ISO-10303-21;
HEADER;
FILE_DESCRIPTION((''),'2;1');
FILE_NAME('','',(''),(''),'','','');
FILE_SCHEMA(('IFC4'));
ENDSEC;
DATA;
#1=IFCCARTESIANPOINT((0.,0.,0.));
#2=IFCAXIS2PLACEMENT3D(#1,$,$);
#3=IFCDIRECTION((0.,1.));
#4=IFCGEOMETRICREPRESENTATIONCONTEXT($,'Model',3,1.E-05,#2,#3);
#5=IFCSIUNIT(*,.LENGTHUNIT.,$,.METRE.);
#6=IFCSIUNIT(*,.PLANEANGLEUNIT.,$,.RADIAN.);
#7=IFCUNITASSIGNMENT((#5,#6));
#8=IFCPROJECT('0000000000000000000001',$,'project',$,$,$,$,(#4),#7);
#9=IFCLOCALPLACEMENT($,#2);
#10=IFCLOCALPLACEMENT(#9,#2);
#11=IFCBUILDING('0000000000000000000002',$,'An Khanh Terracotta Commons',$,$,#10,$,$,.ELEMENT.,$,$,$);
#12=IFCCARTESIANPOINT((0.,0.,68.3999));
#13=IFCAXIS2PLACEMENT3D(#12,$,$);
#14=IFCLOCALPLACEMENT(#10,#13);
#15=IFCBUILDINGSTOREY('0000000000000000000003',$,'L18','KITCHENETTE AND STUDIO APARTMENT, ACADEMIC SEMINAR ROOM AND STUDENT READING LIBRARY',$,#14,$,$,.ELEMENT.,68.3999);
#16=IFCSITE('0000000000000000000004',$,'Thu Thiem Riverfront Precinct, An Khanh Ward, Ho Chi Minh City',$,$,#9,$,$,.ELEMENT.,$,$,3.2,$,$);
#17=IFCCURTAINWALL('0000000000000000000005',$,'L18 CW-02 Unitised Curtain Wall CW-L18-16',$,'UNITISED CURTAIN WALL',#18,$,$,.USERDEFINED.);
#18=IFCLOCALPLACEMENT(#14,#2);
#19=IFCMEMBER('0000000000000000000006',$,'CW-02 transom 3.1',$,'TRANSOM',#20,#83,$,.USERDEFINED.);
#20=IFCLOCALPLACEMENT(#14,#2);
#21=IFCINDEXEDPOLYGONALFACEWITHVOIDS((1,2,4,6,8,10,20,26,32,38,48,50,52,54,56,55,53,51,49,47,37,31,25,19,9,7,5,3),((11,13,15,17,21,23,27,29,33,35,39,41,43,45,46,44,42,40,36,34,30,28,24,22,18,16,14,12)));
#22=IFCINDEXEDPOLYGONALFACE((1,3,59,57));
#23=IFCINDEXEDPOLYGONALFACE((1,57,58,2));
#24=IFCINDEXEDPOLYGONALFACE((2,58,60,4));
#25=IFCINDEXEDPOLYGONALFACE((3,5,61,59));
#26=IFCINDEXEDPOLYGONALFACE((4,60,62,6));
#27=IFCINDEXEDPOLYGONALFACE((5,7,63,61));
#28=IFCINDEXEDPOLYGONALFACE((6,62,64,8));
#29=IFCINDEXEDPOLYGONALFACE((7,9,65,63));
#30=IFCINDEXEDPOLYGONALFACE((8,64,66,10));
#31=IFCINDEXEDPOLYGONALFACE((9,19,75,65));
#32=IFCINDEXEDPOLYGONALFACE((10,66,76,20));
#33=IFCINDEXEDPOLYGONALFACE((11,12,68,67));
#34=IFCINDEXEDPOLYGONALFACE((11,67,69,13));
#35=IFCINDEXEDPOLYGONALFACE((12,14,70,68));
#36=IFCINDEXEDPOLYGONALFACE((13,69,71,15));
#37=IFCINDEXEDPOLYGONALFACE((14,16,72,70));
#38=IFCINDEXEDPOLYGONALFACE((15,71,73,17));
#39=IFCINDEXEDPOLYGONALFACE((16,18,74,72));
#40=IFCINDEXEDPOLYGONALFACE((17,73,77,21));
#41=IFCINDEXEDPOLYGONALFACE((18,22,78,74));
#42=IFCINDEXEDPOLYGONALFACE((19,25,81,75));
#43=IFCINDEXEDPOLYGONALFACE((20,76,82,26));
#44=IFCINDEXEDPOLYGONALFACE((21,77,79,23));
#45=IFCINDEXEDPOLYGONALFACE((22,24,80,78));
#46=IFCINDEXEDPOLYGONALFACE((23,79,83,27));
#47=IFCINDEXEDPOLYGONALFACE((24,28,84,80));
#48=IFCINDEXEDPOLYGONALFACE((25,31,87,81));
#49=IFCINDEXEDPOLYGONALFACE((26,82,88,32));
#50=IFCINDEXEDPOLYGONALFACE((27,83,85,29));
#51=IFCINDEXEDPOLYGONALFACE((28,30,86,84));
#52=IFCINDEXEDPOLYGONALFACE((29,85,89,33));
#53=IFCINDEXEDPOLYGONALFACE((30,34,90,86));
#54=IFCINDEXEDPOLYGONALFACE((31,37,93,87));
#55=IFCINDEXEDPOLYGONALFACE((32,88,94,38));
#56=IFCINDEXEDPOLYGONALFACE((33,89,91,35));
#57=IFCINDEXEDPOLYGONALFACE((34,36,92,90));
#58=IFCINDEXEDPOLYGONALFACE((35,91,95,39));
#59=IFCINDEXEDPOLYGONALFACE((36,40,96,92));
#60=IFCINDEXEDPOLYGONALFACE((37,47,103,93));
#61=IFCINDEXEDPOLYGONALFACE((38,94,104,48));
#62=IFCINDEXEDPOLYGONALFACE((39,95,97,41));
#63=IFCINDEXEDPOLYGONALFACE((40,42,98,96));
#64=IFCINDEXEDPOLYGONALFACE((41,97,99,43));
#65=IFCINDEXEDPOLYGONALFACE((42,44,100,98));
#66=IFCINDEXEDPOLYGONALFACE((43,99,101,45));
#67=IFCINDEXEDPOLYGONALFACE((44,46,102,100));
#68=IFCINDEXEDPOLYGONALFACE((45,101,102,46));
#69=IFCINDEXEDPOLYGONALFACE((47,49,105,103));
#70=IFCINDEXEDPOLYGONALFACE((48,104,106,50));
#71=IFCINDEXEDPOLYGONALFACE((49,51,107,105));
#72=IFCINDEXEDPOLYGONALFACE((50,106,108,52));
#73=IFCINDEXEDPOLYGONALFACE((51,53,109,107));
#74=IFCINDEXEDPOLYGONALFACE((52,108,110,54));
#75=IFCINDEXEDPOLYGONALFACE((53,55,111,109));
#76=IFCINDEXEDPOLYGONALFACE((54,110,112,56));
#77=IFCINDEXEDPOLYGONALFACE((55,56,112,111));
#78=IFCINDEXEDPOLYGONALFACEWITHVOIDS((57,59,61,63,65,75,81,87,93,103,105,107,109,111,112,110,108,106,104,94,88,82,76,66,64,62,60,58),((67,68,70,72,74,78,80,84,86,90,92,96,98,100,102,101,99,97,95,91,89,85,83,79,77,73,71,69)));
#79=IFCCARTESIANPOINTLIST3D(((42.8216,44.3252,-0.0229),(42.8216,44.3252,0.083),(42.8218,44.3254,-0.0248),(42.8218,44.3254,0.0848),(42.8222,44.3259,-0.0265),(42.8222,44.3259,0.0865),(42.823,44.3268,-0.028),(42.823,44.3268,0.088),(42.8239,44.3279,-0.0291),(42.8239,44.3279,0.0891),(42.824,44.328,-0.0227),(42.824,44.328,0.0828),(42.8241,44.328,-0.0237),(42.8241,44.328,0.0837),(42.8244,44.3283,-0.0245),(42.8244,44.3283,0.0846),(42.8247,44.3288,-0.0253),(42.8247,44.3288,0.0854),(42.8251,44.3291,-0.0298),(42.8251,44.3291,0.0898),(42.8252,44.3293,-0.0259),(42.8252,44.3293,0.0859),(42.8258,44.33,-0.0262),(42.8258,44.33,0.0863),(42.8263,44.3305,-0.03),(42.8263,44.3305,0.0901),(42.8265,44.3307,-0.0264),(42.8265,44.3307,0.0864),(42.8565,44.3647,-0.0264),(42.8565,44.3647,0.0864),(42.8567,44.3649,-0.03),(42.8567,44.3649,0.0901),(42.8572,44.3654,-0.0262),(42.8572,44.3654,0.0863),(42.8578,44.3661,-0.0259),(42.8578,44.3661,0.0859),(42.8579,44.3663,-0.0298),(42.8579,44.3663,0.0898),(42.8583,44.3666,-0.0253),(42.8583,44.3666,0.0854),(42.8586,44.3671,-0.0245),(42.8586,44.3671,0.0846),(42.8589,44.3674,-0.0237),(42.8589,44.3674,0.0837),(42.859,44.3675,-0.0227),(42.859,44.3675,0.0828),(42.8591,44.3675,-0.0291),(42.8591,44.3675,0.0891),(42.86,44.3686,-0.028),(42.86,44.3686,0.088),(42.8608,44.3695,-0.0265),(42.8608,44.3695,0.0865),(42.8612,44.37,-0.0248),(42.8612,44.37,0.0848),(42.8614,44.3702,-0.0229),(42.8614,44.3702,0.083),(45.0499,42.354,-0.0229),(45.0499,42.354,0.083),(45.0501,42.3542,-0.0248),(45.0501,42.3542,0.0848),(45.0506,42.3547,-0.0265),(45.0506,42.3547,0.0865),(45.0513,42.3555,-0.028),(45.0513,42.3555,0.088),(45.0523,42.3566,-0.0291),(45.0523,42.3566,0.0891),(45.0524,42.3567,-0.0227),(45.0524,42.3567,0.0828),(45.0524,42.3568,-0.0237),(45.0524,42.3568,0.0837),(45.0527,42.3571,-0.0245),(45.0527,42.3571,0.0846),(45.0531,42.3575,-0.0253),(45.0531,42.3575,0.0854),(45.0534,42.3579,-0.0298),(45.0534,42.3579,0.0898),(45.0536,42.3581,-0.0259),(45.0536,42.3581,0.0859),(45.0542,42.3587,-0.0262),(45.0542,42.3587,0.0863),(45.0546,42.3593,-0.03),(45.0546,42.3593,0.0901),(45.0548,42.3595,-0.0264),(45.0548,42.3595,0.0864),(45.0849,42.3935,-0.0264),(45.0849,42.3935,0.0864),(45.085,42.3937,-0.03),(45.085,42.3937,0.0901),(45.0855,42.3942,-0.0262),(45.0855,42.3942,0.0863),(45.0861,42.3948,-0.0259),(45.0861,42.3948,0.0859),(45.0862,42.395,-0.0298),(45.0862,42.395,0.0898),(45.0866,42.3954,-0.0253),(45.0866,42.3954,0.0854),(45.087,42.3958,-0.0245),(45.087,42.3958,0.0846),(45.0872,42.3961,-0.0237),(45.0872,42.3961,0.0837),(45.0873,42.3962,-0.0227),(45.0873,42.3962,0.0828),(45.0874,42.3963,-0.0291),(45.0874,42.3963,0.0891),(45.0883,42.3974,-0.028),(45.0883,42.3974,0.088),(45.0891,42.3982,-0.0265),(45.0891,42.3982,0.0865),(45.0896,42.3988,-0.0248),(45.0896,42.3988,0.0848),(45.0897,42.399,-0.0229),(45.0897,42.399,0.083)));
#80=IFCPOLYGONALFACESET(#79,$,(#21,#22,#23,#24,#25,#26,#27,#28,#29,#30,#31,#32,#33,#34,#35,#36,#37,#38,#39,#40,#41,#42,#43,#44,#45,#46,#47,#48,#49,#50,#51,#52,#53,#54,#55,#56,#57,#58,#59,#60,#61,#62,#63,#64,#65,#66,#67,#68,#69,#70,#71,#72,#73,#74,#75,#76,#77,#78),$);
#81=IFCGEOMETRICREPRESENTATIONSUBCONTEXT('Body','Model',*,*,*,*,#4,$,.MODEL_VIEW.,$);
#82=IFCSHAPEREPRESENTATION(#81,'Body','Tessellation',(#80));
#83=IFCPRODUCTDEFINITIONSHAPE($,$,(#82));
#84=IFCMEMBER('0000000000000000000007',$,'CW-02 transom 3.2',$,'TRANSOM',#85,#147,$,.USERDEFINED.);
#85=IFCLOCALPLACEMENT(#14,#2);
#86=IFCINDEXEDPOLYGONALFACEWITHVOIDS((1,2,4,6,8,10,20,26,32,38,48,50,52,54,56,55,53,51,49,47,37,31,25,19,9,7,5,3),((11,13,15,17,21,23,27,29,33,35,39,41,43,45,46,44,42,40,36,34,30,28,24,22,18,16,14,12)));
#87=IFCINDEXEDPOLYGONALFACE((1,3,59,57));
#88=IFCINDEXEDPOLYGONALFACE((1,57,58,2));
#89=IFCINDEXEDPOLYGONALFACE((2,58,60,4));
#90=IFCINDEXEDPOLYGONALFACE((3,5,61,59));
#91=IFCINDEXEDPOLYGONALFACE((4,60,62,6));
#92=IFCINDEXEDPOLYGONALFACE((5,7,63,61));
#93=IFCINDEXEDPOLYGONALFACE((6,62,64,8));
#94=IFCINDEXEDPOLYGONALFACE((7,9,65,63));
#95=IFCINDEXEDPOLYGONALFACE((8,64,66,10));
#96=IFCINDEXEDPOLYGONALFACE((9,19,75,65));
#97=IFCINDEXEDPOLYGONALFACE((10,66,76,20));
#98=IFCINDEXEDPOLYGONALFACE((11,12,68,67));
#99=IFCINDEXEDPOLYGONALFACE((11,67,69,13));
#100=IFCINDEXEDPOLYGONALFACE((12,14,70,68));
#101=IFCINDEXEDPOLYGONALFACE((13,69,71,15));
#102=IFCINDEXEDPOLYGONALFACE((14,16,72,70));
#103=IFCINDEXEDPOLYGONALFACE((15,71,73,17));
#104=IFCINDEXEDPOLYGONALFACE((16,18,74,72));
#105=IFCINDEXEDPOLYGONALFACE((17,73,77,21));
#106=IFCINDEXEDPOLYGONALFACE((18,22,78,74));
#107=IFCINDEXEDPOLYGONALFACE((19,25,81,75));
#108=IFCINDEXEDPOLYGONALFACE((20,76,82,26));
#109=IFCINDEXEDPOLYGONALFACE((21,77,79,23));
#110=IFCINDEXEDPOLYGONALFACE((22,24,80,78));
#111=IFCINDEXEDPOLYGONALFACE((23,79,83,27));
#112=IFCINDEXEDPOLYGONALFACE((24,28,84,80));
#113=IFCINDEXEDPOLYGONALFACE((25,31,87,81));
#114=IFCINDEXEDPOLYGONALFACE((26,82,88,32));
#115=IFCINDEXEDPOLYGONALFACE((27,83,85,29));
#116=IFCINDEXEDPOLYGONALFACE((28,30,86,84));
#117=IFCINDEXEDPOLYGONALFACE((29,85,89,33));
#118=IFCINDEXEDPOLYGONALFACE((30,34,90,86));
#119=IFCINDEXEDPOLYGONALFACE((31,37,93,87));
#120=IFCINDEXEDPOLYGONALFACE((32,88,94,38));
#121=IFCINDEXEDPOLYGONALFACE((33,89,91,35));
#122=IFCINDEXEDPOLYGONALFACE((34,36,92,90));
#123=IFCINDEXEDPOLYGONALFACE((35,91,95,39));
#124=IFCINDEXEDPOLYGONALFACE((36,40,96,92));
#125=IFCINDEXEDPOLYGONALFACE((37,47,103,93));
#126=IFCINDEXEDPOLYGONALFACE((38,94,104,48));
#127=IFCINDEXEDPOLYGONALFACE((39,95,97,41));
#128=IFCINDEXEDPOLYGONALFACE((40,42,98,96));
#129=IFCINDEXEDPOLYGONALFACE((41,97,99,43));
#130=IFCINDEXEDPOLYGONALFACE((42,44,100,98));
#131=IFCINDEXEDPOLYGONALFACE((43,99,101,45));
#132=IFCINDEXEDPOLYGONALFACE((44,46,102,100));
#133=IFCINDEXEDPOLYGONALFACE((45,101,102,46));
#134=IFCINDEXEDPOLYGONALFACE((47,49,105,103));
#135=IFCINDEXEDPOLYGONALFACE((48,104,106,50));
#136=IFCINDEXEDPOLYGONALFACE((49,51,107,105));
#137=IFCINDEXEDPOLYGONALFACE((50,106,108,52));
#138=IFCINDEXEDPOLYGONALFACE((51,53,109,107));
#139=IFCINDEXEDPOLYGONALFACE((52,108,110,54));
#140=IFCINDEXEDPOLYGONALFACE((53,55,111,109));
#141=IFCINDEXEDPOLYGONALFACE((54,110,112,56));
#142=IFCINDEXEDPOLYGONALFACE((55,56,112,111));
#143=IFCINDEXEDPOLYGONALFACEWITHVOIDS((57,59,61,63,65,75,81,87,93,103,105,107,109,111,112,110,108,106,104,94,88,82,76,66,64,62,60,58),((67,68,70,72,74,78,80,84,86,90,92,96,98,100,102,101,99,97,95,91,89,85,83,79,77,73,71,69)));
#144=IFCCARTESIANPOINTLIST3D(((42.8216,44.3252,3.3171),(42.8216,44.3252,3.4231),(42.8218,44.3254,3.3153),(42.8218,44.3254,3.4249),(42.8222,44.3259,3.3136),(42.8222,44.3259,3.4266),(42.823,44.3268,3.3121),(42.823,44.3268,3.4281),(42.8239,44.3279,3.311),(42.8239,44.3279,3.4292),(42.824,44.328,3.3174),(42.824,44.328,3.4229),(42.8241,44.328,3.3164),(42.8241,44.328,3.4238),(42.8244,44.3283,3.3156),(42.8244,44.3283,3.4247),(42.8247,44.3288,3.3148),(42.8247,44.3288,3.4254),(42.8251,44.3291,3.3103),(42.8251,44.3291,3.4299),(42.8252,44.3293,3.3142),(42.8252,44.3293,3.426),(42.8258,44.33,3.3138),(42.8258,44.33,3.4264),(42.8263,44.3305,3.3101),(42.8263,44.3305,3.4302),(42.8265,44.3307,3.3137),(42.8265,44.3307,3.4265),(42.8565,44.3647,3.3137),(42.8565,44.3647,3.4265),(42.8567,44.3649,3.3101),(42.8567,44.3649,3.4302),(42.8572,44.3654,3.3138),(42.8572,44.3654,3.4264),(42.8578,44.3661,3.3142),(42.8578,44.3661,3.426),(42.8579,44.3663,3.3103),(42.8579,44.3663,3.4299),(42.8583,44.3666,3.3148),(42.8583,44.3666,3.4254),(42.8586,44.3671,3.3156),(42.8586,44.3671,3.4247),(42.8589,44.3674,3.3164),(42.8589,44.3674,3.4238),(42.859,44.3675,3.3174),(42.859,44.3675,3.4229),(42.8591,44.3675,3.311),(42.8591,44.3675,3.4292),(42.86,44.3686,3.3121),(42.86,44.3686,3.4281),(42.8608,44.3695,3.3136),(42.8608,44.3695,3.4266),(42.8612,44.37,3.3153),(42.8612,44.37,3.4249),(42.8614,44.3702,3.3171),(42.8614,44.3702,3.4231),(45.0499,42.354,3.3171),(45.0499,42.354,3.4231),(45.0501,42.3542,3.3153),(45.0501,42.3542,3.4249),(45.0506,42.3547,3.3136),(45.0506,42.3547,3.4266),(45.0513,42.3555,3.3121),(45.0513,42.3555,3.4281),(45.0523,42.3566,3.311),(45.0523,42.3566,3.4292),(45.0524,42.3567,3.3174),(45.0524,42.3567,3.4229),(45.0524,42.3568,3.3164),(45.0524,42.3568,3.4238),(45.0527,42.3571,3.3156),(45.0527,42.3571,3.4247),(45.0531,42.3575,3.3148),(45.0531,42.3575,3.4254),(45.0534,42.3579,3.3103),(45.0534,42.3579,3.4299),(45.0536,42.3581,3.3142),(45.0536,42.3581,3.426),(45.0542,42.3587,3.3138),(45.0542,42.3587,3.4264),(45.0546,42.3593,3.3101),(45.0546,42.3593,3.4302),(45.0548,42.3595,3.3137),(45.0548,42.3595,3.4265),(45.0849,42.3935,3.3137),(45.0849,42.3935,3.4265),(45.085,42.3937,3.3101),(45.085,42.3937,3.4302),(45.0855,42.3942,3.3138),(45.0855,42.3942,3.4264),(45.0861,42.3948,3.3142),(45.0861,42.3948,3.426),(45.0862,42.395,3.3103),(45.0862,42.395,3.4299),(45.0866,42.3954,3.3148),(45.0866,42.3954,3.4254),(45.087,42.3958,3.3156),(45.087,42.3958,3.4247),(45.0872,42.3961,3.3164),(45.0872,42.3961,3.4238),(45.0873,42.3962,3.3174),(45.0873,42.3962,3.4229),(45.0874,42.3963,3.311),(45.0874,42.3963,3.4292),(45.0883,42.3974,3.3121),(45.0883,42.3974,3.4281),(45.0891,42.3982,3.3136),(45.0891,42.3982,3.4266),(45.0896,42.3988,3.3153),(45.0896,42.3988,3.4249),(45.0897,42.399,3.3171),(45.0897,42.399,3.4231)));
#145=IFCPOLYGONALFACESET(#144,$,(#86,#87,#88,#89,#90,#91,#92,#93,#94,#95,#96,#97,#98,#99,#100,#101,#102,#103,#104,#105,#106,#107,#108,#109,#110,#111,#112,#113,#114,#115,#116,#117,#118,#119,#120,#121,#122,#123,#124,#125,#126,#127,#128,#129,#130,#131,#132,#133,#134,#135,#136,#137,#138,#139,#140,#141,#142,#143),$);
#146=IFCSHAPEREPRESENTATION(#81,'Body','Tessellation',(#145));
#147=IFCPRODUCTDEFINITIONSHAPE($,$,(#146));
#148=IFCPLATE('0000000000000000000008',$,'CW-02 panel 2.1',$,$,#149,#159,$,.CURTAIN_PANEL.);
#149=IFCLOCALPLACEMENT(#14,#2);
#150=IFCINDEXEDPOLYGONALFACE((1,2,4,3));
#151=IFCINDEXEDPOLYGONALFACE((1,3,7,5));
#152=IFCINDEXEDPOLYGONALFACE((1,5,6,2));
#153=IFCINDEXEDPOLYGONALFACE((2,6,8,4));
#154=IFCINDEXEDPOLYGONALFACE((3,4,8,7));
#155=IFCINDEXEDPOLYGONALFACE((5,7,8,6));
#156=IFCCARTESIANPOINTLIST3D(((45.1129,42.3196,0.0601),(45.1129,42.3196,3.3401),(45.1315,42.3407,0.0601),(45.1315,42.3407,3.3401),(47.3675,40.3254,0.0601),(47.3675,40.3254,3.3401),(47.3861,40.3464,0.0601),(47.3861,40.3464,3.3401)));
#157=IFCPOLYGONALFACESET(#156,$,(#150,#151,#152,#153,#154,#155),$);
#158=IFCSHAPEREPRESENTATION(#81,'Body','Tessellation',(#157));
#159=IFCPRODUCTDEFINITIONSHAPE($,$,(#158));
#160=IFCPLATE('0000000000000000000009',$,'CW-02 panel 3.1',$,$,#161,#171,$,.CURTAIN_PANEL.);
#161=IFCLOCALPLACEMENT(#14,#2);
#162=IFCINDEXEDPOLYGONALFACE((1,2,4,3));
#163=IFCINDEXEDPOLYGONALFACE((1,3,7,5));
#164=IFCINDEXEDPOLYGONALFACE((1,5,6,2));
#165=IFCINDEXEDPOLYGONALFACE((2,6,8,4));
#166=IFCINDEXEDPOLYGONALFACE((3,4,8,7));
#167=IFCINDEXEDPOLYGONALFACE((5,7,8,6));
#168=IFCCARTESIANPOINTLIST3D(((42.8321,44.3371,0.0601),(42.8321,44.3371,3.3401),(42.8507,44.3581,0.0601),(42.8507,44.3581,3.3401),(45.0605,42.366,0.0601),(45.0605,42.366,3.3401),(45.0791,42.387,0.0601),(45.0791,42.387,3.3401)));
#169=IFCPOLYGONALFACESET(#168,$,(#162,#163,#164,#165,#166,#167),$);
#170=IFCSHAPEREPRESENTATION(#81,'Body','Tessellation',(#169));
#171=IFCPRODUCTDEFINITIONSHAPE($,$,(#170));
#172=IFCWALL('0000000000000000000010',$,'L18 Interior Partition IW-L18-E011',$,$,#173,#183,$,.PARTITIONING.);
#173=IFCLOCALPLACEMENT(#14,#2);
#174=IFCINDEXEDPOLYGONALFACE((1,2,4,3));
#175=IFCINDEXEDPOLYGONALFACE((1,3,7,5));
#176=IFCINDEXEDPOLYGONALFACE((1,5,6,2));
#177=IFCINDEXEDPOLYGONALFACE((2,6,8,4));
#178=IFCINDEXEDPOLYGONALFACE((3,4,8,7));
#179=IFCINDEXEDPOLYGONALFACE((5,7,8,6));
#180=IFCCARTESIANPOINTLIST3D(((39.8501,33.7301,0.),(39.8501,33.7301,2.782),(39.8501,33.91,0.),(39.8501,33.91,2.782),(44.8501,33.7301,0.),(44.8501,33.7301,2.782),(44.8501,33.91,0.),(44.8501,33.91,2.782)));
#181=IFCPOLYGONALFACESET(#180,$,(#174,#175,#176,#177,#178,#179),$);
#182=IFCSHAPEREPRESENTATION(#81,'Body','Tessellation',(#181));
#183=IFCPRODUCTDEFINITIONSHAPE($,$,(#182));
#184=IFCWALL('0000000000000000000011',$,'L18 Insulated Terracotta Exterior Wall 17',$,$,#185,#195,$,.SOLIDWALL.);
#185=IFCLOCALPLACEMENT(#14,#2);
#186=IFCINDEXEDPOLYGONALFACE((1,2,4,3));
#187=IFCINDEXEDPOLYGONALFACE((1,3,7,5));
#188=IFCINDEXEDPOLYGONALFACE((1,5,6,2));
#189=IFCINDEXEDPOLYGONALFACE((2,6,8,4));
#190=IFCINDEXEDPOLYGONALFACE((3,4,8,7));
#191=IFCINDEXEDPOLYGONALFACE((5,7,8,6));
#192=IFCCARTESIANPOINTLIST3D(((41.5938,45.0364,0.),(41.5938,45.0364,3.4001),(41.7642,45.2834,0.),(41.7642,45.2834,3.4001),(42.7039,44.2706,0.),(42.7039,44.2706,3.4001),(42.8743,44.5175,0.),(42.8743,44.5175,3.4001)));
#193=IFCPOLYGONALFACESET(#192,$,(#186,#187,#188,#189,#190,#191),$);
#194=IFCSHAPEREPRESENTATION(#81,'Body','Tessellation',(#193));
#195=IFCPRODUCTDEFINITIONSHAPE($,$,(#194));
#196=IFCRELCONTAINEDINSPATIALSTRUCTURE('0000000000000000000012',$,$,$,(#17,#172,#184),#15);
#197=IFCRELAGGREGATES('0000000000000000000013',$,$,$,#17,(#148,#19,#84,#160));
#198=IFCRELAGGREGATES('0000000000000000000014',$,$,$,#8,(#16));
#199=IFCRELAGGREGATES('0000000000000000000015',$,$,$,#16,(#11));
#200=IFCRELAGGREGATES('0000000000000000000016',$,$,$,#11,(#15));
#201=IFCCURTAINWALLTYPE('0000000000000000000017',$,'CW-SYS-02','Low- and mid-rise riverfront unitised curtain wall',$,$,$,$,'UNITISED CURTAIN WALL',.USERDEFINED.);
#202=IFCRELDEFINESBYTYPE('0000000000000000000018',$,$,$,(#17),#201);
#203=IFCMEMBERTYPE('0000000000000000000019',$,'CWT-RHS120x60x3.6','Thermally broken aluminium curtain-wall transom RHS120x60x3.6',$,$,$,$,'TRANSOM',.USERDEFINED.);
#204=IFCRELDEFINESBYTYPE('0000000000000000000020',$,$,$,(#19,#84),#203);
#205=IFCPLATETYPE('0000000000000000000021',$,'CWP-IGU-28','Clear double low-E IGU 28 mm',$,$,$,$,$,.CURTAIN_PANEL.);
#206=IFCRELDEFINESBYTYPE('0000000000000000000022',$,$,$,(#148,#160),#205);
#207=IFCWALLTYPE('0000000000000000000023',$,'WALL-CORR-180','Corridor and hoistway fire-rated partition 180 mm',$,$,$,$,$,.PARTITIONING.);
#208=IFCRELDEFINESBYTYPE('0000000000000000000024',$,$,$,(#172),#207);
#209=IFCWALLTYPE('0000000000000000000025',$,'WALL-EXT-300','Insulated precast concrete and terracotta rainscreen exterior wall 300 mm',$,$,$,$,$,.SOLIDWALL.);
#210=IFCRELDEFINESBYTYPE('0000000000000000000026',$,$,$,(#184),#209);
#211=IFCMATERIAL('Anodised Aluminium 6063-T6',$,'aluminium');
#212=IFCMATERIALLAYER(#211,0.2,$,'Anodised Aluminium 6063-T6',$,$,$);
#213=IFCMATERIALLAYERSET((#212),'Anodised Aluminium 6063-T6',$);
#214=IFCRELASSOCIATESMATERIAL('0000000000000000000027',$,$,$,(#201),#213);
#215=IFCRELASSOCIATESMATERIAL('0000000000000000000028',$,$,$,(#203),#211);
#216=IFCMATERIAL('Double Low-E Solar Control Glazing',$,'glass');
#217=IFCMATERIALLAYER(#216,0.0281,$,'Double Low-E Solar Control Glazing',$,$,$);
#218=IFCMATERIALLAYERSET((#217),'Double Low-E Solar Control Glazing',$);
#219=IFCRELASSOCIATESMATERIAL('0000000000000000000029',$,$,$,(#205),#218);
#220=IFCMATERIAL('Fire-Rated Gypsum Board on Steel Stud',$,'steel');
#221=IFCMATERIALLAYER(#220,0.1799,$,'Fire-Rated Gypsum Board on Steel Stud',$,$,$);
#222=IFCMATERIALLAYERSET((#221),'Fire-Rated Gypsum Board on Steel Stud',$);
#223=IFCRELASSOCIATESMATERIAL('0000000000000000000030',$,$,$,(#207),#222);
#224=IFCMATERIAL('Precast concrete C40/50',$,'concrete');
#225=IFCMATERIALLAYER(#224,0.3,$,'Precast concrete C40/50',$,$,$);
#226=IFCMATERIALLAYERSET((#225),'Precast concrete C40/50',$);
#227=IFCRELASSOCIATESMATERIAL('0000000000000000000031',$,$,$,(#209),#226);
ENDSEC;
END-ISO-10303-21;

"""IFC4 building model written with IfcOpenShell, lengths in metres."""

from ifc_helpers import new_model, si_unit, direction, frame, frame_2d, origin, origin_2d, place, context, subcontext, project, spatial, rectangle, hollow_rectangle, extrude, material, layer, layer_set, material_profile, profile_set, type_object, element, aggregate, save


model = new_model("IFC4")

# Units and contexts
model_context = context("Model", 3, precision=1e-05, world=origin(), true_north=direction((0.0, 1.0)))
body_context = subcontext(model_context, "Body", "Model", "MODEL_VIEW")
ifc_project = project(units=[si_unit("LENGTHUNIT", "METRE"), si_unit("PLANEANGLEUNIT", "RADIAN")], contexts=[model_context])

# Site, building, storey
site_placement = place(None, origin())
site = spatial("IfcSite", under=ifc_project, at=site_placement, Name="Thu Thiem Riverfront Precinct, An Khanh Ward, Ho Chi Minh City", CompositionType="ELEMENT", RefElevation=3.2)
building_placement = place(site_placement, origin())
building = spatial("IfcBuilding", under=site, at=building_placement, Name="An Khanh Terracotta Commons", CompositionType="ELEMENT")
storey_placement = place(building_placement, frame((0.0, 0.0, 68.3999)))
storey = spatial("IfcBuildingStorey", under=building, at=storey_placement, Name="L18", Description="KITCHENETTE AND STUDIO APARTMENT, ACADEMIC SEMINAR ROOM AND STUDENT READING LIBRARY", CompositionType="ELEMENT", Elevation=68.3999)

# Curtain wall, members, plates
ifc_material_1 = material(Name="Anodised Aluminium 6063-T6", Category="aluminium")
ifc_layer_1 = layer(ifc_material_1, 0.2, Name="Anodised Aluminium 6063-T6")
ifc_layer_set_1 = layer_set([ifc_layer_1], Name="Anodised Aluminium 6063-T6")
curtain_wall_type = type_object("IfcCurtainWallType", Name="CW-SYS-02", Description="Low- and mid-rise riverfront unitised curtain wall", ElementType="UNITISED CURTAIN WALL", PredefinedType="USERDEFINED", material=ifc_layer_set_1)
curtain_wall_placement = place(storey_placement, origin())
curtain_wall = element("IfcCurtainWall", 1, at=curtain_wall_placement, inside=storey, type_object=curtain_wall_type, Name="L18 CW-02 Unitised Curtain Wall CW-L18-16", ObjectType="UNITISED CURTAIN WALL", PredefinedType="USERDEFINED")
ifc_material_profile_1 = material_profile(ifc_material_1, hollow_rectangle(XDim=0.0601, YDim=0.1201, WallThickness=0.0037, InnerFilletRadius=0.0037, OuterFilletRadius=0.0071, at=origin_2d()), Name="RHS120x60x3.6")
ifc_profile_set_1 = profile_set([ifc_material_profile_1], Name="Anodised Aluminium 6063-T6")
member_type_1 = type_object("IfcMemberType", Name="CWT-RHS120x60x3.6", Description="Thermally broken aluminium curtain-wall transom RHS120x60x3.6", ElementType="TRANSOM", PredefinedType="USERDEFINED", material=ifc_profile_set_1)
member_1_placement = place(storey_placement, frame((45.0698, 42.3765, 0.03), z_axis=(-0.748992, 0.662579, 0.0), x_axis=(-0.662579, -0.748992, 0.0)))
member_1 = element("IfcMember", 2, at=member_1_placement, type_object=member_type_1, Name="CW-02 transom 3.1", ObjectType="TRANSOM", PredefinedType="USERDEFINED", context=body_context, shape_type="SweptSolid", body=[
    extrude(hollow_rectangle(XDim=0.0601, YDim=0.1201, WallThickness=0.0037, InnerFilletRadius=0.0037, OuterFilletRadius=0.0071, at=origin_2d()), origin(), (0.0, 0.0, 1.0), 2.9751),
])
member_2_placement = place(storey_placement, frame((45.0698, 42.3765, 3.3701), z_axis=(-0.748992, 0.662579, 0.0), x_axis=(-0.662579, -0.748992, 0.0)))
member_2 = element("IfcMember", 3, at=member_2_placement, type_object=member_type_1, Name="CW-02 transom 3.2", ObjectType="TRANSOM", PredefinedType="USERDEFINED", context=body_context, shape_type="SweptSolid", body=[
    extrude(hollow_rectangle(XDim=0.0601, YDim=0.1201, WallThickness=0.0037, InnerFilletRadius=0.0037, OuterFilletRadius=0.0071, at=origin_2d()), origin(), (0.0, 0.0, 1.0), 2.9751),
])
ifc_material_2 = material(Name="Double Low-E Solar Control Glazing", Category="glass")
ifc_layer_2 = layer(ifc_material_2, 0.0281, Name="Double Low-E Solar Control Glazing")
ifc_layer_set_2 = layer_set([ifc_layer_2], Name="Double Low-E Solar Control Glazing")
plate_type = type_object("IfcPlateType", Name="CWP-IGU-28", Description="Clear double low-E IGU 28 mm", PredefinedType="CURTAIN_PANEL", material=ifc_layer_set_2)
plate_1_placement = place(storey_placement, frame((46.2495, 41.333, 0.0601), z_axis=(0.0, 0.0, 1.0), x_axis=(-0.749019, 0.662548, 0.0)))
plate_1 = element("IfcPlate", 4, at=plate_1_placement, type_object=plate_type, Name="CW-02 panel 2.1", PredefinedType="CURTAIN_PANEL", context=body_context, shape_type="SweptSolid", body=[
    extrude(rectangle(XDim=3.01, YDim=0.0281, at=origin_2d()), origin(), (0.0, 0.0, 1.0), 3.28),
])
plate_2_placement = place(storey_placement, frame((43.9556, 43.3621, 0.0601), z_axis=(0.0, 0.0, 1.0), x_axis=(-0.749019, 0.662548, 0.0)))
plate_2 = element("IfcPlate", 5, at=plate_2_placement, type_object=plate_type, Name="CW-02 panel 3.1", PredefinedType="CURTAIN_PANEL", context=body_context, shape_type="SweptSolid", body=[
    extrude(rectangle(XDim=2.9751, YDim=0.0281, at=origin_2d()), origin(), (0.0, 0.0, 1.0), 3.28),
])
aggregate(curtain_wall, [plate_1, member_1, member_2, plate_2])

# Walls
ifc_material_3 = material(Name="Fire-Rated Gypsum Board on Steel Stud", Category="steel")
ifc_layer_3 = layer(ifc_material_3, 0.1799, Name="Fire-Rated Gypsum Board on Steel Stud")
ifc_layer_set_3 = layer_set([ifc_layer_3], Name="Fire-Rated Gypsum Board on Steel Stud")
wall_type_1 = type_object("IfcWallType", Name="WALL-CORR-180", Description="Corridor and hoistway fire-rated partition 180 mm", PredefinedType="PARTITIONING", material=ifc_layer_set_3)
wall_1_placement = place(storey_placement, frame((39.8501, 33.8201, 0.0), z_axis=(0.0, 0.0, 1.0), x_axis=(1.0, 0.0, 0.0)))
element("IfcWall", 6, at=wall_1_placement, inside=storey, type_object=wall_type_1, Name="L18 Interior Partition IW-L18-E011", PredefinedType="PARTITIONING", context=body_context, shape_type="SweptSolid", body=[
    extrude(rectangle(XDim=5.0, YDim=0.1799, at=frame_2d((2.5, 0.0))), origin(), (0.0, 0.0, 1.0), 2.782),
])
ifc_material_4 = material(Name="Precast concrete C40/50", Category="concrete")
ifc_layer_4 = layer(ifc_material_4, 0.3, Name="Precast concrete C40/50")
ifc_layer_set_4 = layer_set([ifc_layer_4], Name="Precast concrete C40/50")
wall_type_2 = type_object("IfcWallType", Name="WALL-EXT-300", Description="Insulated precast concrete and terracotta rainscreen exterior wall 300 mm", PredefinedType="SOLIDWALL", material=ifc_layer_set_4)
wall_2_placement = place(storey_placement, frame((42.7891, 44.394, 0.0), z_axis=(0.0, 0.0, 1.0), x_axis=(-0.823117, 0.567873, 0.0)))
element("IfcWall", 7, at=wall_2_placement, inside=storey, type_object=wall_type_2, Name="L18 Insulated Terracotta Exterior Wall 17", PredefinedType="SOLIDWALL", context=body_context, shape_type="SweptSolid", body=[
    extrude(rectangle(XDim=1.3486, YDim=0.3, at=frame_2d((0.6743, 0.0))), origin(), (0.0, 0.0, 1.0), 3.4001),
])

save(model, "model.ifc")
